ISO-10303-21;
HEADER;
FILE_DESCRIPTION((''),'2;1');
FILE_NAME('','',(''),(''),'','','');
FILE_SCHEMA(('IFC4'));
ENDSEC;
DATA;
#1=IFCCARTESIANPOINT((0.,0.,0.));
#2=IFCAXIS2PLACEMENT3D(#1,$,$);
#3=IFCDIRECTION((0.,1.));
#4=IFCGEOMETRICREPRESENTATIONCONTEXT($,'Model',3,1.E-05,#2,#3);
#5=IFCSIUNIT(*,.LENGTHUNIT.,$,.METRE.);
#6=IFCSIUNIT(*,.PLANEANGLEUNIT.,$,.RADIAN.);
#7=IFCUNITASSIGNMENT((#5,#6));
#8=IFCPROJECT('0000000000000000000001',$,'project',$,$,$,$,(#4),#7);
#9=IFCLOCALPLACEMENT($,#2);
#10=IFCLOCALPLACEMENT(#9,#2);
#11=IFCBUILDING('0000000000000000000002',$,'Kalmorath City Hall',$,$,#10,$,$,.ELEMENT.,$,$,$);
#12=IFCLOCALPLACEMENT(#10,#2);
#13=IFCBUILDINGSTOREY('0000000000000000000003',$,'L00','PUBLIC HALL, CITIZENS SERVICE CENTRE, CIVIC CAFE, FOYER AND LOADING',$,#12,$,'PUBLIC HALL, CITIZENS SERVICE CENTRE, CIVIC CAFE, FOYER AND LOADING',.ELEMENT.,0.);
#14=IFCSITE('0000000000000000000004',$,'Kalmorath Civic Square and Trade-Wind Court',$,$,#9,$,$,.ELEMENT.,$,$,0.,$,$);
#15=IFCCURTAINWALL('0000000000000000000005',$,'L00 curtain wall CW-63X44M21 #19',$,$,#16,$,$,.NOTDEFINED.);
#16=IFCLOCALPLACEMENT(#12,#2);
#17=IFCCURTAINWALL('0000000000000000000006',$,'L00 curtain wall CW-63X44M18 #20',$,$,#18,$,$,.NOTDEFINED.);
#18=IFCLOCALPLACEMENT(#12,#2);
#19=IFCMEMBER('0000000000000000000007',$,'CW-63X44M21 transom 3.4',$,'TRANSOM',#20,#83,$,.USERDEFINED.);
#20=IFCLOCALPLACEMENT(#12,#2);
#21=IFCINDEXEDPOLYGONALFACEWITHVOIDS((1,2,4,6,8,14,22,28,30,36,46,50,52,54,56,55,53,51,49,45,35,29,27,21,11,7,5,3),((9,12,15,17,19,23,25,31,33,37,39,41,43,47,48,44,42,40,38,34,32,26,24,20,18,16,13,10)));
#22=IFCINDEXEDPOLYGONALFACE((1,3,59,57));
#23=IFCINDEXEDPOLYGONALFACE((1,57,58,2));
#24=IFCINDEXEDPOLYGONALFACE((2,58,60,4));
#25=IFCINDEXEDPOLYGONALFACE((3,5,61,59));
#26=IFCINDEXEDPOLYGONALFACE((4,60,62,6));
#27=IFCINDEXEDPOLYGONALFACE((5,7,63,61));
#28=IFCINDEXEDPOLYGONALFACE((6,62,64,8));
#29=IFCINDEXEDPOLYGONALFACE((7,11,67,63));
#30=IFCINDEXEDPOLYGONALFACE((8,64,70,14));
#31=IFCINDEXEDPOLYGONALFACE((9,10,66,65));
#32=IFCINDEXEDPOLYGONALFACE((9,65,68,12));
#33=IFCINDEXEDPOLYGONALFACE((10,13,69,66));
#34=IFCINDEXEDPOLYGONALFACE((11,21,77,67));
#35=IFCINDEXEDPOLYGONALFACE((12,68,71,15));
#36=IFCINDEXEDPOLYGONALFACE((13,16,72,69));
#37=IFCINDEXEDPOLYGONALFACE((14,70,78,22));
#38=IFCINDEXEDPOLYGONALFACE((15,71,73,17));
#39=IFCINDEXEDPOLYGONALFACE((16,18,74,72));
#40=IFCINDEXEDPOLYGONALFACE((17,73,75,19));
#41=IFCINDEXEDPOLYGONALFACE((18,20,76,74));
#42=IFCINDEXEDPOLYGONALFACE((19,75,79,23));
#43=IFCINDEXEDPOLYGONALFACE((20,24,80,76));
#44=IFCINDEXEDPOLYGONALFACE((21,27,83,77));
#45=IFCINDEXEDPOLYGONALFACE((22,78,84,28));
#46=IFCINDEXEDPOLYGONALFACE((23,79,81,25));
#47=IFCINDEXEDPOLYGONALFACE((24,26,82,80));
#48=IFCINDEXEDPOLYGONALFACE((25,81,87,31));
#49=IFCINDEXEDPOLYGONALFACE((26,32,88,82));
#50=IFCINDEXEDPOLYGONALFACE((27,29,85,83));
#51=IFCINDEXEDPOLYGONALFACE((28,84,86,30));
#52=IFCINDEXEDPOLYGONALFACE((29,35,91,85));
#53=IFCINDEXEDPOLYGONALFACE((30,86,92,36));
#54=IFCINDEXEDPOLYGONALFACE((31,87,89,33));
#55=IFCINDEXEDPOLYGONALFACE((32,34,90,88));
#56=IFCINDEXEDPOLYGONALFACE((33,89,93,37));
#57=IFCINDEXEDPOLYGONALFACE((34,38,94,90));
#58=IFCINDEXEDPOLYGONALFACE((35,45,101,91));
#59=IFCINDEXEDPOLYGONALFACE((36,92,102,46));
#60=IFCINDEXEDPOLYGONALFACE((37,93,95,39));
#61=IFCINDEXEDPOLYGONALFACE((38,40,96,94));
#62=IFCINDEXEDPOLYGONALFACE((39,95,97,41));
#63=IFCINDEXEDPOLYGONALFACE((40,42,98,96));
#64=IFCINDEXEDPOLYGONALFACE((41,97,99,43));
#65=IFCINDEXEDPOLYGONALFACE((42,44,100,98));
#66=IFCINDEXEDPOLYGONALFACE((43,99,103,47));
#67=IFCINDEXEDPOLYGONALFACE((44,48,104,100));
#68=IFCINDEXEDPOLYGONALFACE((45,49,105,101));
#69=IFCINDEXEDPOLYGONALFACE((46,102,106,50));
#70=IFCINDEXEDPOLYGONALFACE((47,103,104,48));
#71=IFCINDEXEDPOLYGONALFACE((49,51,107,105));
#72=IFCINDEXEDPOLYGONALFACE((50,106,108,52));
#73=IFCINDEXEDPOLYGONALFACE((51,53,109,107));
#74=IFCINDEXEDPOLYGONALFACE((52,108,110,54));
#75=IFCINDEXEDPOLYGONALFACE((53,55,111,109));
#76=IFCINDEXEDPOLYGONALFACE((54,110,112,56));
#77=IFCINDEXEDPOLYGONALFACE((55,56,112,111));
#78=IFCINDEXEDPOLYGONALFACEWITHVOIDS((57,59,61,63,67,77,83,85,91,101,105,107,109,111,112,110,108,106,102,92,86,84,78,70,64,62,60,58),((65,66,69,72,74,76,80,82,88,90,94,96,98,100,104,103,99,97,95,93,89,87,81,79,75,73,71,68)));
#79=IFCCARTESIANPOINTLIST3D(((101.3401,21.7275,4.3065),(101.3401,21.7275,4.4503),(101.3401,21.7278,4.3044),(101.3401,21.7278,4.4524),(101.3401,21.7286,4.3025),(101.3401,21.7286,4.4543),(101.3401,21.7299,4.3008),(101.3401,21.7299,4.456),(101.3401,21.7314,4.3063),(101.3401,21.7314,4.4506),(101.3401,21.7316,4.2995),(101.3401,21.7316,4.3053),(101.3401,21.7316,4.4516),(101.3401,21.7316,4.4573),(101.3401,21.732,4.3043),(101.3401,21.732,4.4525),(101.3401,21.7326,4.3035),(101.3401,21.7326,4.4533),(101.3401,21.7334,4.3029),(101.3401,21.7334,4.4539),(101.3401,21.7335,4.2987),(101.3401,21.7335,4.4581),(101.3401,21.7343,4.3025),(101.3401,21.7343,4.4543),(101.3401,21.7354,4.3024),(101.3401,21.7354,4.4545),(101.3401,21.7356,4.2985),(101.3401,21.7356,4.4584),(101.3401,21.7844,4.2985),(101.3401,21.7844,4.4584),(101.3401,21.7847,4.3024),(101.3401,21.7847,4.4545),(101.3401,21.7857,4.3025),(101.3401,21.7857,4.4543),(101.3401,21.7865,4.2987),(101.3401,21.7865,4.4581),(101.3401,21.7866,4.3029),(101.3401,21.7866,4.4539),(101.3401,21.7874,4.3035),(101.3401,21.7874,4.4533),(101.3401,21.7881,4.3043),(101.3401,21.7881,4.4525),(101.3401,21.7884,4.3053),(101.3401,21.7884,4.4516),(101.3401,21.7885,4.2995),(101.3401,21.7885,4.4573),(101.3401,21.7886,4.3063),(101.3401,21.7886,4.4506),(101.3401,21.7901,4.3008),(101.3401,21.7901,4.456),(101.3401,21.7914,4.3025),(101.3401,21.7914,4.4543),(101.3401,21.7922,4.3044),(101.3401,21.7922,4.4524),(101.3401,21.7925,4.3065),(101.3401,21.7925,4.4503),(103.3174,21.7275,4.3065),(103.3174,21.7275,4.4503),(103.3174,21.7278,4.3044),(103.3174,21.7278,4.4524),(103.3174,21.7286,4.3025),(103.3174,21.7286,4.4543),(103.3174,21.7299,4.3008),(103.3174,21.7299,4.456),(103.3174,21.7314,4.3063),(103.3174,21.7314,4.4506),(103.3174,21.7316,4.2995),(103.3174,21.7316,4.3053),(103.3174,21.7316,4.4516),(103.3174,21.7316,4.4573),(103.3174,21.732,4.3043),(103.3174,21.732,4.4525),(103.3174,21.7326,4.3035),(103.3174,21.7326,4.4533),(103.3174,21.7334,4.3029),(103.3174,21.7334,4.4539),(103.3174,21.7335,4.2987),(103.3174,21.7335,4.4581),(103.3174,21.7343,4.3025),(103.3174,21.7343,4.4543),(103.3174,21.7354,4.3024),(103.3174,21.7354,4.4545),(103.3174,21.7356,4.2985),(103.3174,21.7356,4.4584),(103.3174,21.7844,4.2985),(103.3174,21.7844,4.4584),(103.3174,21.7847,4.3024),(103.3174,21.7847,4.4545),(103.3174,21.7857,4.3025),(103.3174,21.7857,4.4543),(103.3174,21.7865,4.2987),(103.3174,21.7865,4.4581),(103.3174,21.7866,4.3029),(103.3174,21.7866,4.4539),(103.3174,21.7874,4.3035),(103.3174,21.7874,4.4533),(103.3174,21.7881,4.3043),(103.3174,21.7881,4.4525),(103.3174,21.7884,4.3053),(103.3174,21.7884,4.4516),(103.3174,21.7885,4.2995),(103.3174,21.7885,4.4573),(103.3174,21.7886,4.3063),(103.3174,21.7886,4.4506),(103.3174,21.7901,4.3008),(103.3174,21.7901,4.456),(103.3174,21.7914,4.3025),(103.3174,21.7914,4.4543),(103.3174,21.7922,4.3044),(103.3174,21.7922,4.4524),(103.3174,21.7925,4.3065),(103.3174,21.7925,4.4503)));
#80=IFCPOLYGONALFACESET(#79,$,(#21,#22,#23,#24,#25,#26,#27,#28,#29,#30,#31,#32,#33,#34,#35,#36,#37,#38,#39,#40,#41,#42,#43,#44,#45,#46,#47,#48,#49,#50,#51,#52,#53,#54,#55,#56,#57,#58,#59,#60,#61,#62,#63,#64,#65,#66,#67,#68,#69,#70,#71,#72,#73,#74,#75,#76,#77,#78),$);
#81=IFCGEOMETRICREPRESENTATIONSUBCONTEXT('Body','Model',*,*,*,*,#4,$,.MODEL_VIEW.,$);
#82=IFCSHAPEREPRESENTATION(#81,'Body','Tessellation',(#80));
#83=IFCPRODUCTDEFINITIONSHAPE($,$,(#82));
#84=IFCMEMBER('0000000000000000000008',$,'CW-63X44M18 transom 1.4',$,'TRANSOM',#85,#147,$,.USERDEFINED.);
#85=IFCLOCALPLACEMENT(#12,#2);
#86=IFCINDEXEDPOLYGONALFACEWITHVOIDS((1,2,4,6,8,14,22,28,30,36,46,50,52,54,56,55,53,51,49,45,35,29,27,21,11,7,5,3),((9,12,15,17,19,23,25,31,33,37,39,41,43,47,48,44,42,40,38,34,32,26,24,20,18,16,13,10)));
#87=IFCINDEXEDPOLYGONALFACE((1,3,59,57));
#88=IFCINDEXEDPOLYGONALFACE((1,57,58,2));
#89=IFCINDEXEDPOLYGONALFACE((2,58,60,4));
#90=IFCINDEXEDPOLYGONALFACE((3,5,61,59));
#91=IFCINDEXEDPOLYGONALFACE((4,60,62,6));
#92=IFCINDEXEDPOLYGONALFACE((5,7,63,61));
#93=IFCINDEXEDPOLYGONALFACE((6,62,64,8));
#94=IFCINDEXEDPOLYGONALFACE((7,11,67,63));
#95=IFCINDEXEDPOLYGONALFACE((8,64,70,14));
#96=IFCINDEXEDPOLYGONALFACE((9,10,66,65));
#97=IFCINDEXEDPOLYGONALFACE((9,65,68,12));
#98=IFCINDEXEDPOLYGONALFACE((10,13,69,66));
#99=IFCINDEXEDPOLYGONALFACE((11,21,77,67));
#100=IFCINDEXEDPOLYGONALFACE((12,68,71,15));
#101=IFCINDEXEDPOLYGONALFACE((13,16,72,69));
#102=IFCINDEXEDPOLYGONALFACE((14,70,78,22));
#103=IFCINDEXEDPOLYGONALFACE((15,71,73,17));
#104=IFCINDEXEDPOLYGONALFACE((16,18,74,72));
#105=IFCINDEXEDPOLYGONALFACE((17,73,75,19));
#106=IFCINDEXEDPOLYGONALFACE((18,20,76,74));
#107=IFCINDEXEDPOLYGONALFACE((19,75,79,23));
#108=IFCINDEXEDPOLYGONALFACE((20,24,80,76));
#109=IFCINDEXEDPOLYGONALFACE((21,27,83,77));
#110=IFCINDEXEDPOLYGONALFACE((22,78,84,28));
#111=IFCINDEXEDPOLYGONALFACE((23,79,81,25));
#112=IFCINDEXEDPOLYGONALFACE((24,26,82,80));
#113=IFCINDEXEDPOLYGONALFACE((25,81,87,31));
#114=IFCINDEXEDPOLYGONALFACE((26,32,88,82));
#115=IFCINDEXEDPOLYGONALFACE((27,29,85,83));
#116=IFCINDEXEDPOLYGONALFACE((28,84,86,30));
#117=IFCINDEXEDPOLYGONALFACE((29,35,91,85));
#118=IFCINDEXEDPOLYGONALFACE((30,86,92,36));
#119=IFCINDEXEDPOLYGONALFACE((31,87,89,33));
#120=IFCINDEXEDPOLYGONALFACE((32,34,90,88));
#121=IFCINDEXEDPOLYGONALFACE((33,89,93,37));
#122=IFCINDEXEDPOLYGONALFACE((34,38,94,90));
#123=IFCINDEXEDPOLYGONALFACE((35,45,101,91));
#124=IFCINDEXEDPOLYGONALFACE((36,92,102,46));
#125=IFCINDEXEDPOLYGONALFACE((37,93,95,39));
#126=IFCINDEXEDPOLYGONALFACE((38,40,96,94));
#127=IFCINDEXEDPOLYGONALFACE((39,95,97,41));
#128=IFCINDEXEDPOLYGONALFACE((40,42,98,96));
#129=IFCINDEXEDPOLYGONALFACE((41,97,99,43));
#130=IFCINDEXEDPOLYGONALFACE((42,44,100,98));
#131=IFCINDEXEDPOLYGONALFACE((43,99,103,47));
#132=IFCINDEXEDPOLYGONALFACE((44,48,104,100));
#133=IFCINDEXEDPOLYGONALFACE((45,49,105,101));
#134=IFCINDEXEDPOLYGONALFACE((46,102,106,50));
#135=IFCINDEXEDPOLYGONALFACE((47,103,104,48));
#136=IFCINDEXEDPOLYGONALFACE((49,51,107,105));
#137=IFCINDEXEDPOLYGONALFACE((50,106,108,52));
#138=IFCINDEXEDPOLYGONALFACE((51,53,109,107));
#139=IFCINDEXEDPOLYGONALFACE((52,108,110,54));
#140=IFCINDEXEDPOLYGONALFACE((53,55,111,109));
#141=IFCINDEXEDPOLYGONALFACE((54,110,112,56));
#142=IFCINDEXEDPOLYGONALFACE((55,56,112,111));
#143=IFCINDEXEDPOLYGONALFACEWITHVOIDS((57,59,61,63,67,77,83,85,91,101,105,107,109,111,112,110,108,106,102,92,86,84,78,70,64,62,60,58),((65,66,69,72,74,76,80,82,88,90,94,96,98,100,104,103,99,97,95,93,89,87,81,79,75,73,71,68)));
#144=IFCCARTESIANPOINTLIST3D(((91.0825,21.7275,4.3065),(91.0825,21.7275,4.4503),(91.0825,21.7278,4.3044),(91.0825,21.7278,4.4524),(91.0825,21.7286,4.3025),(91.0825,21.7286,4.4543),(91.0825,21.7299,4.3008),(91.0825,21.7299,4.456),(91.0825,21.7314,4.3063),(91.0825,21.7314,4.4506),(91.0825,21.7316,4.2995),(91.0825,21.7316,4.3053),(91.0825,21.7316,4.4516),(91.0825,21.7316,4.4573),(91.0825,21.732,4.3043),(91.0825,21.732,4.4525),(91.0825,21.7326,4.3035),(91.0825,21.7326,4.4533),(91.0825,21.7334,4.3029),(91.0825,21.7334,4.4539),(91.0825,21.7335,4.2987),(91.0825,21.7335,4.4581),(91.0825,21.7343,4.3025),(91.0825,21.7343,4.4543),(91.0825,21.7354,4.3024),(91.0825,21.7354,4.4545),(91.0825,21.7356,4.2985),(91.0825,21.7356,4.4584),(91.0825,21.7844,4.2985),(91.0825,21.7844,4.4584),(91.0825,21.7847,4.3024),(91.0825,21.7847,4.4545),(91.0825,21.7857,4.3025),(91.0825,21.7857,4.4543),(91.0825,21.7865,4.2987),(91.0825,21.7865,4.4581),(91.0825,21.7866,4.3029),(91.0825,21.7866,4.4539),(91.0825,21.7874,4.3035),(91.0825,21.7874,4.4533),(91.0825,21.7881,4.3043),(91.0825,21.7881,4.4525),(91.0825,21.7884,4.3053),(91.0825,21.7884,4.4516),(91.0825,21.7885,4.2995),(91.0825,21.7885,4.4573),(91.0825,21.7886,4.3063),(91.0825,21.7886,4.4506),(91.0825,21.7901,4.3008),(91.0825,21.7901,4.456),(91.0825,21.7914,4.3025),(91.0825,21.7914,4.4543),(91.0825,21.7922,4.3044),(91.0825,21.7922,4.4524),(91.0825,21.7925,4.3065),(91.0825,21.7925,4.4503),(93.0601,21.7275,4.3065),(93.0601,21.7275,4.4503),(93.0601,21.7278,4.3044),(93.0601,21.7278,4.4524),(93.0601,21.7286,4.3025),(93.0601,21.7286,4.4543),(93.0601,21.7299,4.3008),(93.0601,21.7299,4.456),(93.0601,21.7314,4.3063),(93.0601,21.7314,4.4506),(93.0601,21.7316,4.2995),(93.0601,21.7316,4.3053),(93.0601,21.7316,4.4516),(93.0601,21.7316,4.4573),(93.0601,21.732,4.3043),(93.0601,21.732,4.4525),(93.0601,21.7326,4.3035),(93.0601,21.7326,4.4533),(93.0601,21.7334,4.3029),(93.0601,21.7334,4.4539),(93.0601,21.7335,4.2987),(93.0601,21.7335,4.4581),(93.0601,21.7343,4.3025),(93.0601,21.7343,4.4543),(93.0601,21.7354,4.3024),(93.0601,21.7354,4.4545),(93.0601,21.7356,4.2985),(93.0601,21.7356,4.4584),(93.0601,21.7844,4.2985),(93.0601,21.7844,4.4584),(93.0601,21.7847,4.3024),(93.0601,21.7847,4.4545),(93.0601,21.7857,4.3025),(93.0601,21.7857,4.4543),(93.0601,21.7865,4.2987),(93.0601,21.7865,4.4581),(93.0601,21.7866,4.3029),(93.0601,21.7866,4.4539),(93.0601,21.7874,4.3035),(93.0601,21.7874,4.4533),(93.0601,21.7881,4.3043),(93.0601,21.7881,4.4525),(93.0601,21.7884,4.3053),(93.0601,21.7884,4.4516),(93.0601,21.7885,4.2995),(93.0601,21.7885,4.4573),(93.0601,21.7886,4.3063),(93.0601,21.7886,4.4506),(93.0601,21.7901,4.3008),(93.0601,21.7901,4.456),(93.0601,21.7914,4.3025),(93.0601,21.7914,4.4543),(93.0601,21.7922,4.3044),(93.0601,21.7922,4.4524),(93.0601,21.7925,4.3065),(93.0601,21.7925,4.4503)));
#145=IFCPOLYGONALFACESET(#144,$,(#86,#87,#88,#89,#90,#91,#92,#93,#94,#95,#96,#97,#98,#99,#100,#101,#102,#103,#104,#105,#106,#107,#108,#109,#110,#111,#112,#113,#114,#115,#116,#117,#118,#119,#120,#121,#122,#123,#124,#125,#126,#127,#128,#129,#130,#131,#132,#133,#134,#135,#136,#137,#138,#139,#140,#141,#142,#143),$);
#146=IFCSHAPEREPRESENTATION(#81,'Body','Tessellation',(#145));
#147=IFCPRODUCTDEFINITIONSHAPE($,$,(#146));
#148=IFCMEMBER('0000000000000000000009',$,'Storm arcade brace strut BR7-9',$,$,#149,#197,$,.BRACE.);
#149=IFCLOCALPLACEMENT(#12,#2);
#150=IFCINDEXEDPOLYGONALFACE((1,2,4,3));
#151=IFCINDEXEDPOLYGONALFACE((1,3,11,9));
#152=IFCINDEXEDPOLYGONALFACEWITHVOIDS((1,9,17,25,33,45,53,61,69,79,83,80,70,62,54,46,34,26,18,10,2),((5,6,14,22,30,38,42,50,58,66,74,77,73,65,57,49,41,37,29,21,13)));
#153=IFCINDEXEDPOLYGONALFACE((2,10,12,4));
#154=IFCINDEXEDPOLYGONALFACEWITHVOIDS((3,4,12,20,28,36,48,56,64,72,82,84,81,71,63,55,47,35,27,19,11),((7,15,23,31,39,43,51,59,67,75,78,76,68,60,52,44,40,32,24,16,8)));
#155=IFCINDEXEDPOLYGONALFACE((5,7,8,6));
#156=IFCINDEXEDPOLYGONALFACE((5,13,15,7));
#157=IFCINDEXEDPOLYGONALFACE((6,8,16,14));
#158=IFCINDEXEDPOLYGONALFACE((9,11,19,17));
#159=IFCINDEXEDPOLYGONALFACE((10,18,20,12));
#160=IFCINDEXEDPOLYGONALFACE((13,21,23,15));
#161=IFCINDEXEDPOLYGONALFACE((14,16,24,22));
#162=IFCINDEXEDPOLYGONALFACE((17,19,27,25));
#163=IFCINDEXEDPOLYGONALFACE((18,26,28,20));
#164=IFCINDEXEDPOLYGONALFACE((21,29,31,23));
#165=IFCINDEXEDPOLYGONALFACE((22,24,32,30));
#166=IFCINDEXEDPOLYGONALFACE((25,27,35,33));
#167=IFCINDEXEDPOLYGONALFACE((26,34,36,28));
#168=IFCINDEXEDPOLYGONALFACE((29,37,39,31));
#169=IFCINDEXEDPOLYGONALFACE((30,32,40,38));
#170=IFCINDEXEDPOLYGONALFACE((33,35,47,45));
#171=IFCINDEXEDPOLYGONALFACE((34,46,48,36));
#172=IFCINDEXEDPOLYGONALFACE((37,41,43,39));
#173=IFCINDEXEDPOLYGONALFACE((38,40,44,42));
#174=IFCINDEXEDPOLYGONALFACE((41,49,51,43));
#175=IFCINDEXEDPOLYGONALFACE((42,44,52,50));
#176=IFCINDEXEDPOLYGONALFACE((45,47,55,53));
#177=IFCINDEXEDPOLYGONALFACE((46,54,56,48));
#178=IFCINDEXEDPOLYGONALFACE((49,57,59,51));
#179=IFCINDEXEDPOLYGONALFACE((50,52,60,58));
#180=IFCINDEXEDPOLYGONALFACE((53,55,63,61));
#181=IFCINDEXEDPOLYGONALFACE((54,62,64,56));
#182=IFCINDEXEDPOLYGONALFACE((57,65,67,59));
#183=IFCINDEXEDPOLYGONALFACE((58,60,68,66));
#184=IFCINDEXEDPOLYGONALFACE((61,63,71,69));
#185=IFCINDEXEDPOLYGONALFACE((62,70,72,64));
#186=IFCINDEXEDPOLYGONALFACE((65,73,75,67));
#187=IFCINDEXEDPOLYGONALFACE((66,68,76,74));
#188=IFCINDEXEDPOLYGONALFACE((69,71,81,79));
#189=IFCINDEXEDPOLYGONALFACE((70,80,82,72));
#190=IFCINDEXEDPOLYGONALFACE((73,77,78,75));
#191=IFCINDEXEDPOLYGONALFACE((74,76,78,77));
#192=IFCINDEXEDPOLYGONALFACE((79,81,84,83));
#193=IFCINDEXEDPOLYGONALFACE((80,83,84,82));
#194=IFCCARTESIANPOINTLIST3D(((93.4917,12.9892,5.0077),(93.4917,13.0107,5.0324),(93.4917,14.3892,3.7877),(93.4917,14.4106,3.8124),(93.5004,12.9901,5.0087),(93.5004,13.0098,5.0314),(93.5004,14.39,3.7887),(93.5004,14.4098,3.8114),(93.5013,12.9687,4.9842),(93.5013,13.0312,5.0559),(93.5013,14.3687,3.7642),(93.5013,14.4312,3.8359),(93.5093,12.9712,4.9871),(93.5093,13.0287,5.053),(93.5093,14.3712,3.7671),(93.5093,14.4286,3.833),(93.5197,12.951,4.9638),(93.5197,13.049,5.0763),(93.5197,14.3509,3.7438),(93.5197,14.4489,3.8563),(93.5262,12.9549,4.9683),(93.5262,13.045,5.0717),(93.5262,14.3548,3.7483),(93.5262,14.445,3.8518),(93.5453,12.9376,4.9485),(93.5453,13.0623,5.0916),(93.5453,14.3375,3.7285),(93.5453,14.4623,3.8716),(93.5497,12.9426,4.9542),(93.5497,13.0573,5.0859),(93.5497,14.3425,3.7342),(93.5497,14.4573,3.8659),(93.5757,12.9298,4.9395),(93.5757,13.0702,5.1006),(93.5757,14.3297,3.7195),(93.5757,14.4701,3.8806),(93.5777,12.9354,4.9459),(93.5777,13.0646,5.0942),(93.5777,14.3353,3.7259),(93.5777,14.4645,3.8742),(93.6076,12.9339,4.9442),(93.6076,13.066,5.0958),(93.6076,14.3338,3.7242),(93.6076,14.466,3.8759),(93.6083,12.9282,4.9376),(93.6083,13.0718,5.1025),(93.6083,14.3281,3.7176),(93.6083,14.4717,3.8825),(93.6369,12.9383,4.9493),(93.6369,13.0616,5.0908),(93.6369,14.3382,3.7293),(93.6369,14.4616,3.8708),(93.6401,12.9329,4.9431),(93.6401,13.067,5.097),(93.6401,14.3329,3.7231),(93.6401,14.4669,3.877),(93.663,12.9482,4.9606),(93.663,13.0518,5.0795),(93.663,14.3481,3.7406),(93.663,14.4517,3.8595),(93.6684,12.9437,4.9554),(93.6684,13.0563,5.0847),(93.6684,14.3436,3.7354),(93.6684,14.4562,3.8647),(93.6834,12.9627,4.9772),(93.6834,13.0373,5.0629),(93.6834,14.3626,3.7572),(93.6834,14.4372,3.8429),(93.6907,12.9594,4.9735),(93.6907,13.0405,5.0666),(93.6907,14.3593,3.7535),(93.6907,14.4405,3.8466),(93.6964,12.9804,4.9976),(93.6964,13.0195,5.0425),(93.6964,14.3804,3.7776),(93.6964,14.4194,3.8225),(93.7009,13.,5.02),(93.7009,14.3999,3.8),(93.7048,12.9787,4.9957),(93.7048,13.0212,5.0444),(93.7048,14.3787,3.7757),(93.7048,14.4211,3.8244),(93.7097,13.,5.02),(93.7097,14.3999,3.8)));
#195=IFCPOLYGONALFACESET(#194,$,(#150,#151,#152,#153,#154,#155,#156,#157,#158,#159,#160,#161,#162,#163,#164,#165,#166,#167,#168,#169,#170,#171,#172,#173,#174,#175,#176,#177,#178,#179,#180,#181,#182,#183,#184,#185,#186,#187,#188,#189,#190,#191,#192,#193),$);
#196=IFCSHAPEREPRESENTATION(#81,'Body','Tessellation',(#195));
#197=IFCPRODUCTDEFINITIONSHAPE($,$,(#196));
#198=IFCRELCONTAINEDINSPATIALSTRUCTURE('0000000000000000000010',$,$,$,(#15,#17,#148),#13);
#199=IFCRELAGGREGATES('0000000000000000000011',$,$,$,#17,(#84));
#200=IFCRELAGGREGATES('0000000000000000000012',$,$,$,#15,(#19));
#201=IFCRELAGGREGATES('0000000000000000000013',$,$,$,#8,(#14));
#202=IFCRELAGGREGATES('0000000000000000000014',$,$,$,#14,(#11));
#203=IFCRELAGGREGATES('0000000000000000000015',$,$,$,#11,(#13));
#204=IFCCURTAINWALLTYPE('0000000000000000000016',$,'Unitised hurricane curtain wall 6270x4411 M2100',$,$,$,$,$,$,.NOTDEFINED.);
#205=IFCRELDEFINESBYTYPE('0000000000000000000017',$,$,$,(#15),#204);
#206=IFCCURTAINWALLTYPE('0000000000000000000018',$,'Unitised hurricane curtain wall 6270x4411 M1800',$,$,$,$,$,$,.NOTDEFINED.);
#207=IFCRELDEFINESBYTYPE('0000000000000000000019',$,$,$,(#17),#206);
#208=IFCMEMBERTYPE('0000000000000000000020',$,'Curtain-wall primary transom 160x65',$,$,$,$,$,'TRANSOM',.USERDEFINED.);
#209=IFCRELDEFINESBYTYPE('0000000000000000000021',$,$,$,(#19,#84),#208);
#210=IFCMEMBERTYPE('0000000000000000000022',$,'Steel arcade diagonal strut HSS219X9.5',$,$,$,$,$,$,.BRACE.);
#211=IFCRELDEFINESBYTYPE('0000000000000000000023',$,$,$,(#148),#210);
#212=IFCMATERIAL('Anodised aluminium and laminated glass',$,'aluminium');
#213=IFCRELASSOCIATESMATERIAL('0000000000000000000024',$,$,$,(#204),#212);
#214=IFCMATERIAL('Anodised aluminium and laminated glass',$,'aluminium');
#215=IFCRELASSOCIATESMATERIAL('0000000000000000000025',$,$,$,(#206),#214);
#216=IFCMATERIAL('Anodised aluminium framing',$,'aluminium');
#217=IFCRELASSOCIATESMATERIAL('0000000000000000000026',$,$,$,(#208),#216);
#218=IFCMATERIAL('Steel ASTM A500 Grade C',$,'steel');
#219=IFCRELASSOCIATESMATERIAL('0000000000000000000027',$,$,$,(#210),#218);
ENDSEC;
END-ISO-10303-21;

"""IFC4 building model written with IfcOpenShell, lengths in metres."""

from ifc_helpers import new_model, si_unit, direction, frame, origin, origin_2d, place, context, subcontext, project, spatial, hollow_rectangle, hollow_circle, extrude, material, material_profile, profile_set, type_object, element, aggregate, save


model = new_model("IFC4")

# Units and contexts
model_context = context("Model", 3, precision=1e-05, world=origin(), true_north=direction((0.0, 1.0)))
body_context = subcontext(model_context, "Body", "Model", "MODEL_VIEW")
ifc_project = project(units=[si_unit("LENGTHUNIT", "METRE"), si_unit("PLANEANGLEUNIT", "RADIAN")], contexts=[model_context])

# Site, building, storey
site_placement = place(None, origin())
site = spatial("IfcSite", under=ifc_project, at=site_placement, Name="Kalmorath Civic Square and Trade-Wind Court", CompositionType="ELEMENT", RefElevation=0.0)
building_placement = place(site_placement, origin())
building = spatial("IfcBuilding", under=site, at=building_placement, Name="Kalmorath City Hall", CompositionType="ELEMENT")
storey_placement = place(building_placement, origin())
storey = spatial("IfcBuildingStorey", under=building, at=storey_placement, Name="L00", Description="PUBLIC HALL, CITIZENS SERVICE CENTRE, CIVIC CAFE, FOYER AND LOADING", LongName="PUBLIC HALL, CITIZENS SERVICE CENTRE, CIVIC CAFE, FOYER AND LOADING", CompositionType="ELEMENT", Elevation=0.0)

# Curtain wall
ifc_material_1 = material(Name="Anodised aluminium and laminated glass", Category="aluminium")
curtain_wall_type_1 = type_object("IfcCurtainWallType", Name="Unitised hurricane curtain wall 6270x4411 M2100", PredefinedType="NOTDEFINED", material=ifc_material_1)
curtain_wall_1_placement = place(storey_placement, origin())
curtain_wall_1 = element("IfcCurtainWall", 1, at=curtain_wall_1_placement, inside=storey, type_object=curtain_wall_type_1, Name="L00 curtain wall CW-63X44M21 #19", PredefinedType="NOTDEFINED")

# Curtain wall
ifc_material_2 = material(Name="Anodised aluminium and laminated glass", Category="aluminium")
curtain_wall_type_2 = type_object("IfcCurtainWallType", Name="Unitised hurricane curtain wall 6270x4411 M1800", PredefinedType="NOTDEFINED", material=ifc_material_2)
curtain_wall_2_placement = place(storey_placement, origin())
curtain_wall_2 = element("IfcCurtainWall", 2, at=curtain_wall_2_placement, inside=storey, type_object=curtain_wall_type_2, Name="L00 curtain wall CW-63X44M18 #20", PredefinedType="NOTDEFINED")

# Members
ifc_material_3 = material(Name="Anodised aluminium framing", Category="aluminium")
ifc_material_profile_1 = material_profile(ifc_material_3, hollow_rectangle(XDim=0.0649, YDim=0.1599, WallThickness=0.0039, InnerFilletRadius=0.0039, OuterFilletRadius=0.0081, at=origin_2d()), Name="ALU-TRN-160X65X4")
ifc_profile_set_1 = profile_set([ifc_material_profile_1], Name="Anodised aluminium framing")
member_type_1 = type_object("IfcMemberType", Name="Curtain-wall primary transom 160x65", ElementType="TRANSOM", PredefinedType="USERDEFINED", material=ifc_profile_set_1)
member_1_placement = place(storey_placement, frame((103.3174, 21.76, 4.3784), z_axis=(-1.0, 0.0, 0.0), x_axis=(0.0, -1.0, 0.0)))
member_1 = element("IfcMember", 3, at=member_1_placement, type_object=member_type_1, Name="CW-63X44M21 transom 3.4", ObjectType="TRANSOM", PredefinedType="USERDEFINED", context=body_context, shape_type="SweptSolid", body=[
    extrude(hollow_rectangle(XDim=0.0649, YDim=0.1599, WallThickness=0.0039, InnerFilletRadius=0.0039, OuterFilletRadius=0.0081, at=origin_2d()), origin(), (0.0, 0.0, 1.0), 1.9773),
])
member_2_placement = place(storey_placement, frame((93.0601, 21.76, 4.3784), z_axis=(-1.0, 0.0, 0.0), x_axis=(0.0, -1.0, 0.0)))
member_2 = element("IfcMember", 4, at=member_2_placement, type_object=member_type_1, Name="CW-63X44M18 transom 1.4", ObjectType="TRANSOM", PredefinedType="USERDEFINED", context=body_context, shape_type="SweptSolid", body=[
    extrude(hollow_rectangle(XDim=0.0649, YDim=0.1599, WallThickness=0.0039, InnerFilletRadius=0.0039, OuterFilletRadius=0.0081, at=origin_2d()), origin(), (0.0, 0.0, 1.0), 1.9775),
])
aggregate(curtain_wall_2, [member_2])

# Member
ifc_material_4 = material(Name="Steel ASTM A500 Grade C", Category="steel")
ifc_material_profile_2 = material_profile(ifc_material_4, hollow_circle(Radius=0.1096, WallThickness=0.0088, at=origin_2d()), Name="HSS219X9.5")
ifc_profile_set_2 = profile_set([ifc_material_profile_2], Name="Steel ASTM A500 Grade C")
member_type_2 = type_object("IfcMemberType", Name="Steel arcade diagonal strut HSS219X9.5", PredefinedType="BRACE", material=ifc_profile_set_2)
for number, where, z_axis, x_axis, name in (
    (5, (93.6001, 14.3999, 3.8), (0.0, -0.753895, 0.656995), (1.0, 0.0, 0.0), "Storm arcade brace strut BR7-9"),
):
    element("IfcMember", number, at=place(storey_placement, frame(where, z_axis=z_axis, x_axis=x_axis)), inside=storey, type_object=member_type_2, Name=name, PredefinedType="BRACE", context=body_context, shape_type="SweptSolid", body=[
        extrude(hollow_circle(Radius=0.1096, WallThickness=0.0088, at=origin_2d()), origin(), (0.0, 0.0, 1.0), 1.8569),
    ])

aggregate(curtain_wall_1, [member_1])

save(model, "model.ifc")
